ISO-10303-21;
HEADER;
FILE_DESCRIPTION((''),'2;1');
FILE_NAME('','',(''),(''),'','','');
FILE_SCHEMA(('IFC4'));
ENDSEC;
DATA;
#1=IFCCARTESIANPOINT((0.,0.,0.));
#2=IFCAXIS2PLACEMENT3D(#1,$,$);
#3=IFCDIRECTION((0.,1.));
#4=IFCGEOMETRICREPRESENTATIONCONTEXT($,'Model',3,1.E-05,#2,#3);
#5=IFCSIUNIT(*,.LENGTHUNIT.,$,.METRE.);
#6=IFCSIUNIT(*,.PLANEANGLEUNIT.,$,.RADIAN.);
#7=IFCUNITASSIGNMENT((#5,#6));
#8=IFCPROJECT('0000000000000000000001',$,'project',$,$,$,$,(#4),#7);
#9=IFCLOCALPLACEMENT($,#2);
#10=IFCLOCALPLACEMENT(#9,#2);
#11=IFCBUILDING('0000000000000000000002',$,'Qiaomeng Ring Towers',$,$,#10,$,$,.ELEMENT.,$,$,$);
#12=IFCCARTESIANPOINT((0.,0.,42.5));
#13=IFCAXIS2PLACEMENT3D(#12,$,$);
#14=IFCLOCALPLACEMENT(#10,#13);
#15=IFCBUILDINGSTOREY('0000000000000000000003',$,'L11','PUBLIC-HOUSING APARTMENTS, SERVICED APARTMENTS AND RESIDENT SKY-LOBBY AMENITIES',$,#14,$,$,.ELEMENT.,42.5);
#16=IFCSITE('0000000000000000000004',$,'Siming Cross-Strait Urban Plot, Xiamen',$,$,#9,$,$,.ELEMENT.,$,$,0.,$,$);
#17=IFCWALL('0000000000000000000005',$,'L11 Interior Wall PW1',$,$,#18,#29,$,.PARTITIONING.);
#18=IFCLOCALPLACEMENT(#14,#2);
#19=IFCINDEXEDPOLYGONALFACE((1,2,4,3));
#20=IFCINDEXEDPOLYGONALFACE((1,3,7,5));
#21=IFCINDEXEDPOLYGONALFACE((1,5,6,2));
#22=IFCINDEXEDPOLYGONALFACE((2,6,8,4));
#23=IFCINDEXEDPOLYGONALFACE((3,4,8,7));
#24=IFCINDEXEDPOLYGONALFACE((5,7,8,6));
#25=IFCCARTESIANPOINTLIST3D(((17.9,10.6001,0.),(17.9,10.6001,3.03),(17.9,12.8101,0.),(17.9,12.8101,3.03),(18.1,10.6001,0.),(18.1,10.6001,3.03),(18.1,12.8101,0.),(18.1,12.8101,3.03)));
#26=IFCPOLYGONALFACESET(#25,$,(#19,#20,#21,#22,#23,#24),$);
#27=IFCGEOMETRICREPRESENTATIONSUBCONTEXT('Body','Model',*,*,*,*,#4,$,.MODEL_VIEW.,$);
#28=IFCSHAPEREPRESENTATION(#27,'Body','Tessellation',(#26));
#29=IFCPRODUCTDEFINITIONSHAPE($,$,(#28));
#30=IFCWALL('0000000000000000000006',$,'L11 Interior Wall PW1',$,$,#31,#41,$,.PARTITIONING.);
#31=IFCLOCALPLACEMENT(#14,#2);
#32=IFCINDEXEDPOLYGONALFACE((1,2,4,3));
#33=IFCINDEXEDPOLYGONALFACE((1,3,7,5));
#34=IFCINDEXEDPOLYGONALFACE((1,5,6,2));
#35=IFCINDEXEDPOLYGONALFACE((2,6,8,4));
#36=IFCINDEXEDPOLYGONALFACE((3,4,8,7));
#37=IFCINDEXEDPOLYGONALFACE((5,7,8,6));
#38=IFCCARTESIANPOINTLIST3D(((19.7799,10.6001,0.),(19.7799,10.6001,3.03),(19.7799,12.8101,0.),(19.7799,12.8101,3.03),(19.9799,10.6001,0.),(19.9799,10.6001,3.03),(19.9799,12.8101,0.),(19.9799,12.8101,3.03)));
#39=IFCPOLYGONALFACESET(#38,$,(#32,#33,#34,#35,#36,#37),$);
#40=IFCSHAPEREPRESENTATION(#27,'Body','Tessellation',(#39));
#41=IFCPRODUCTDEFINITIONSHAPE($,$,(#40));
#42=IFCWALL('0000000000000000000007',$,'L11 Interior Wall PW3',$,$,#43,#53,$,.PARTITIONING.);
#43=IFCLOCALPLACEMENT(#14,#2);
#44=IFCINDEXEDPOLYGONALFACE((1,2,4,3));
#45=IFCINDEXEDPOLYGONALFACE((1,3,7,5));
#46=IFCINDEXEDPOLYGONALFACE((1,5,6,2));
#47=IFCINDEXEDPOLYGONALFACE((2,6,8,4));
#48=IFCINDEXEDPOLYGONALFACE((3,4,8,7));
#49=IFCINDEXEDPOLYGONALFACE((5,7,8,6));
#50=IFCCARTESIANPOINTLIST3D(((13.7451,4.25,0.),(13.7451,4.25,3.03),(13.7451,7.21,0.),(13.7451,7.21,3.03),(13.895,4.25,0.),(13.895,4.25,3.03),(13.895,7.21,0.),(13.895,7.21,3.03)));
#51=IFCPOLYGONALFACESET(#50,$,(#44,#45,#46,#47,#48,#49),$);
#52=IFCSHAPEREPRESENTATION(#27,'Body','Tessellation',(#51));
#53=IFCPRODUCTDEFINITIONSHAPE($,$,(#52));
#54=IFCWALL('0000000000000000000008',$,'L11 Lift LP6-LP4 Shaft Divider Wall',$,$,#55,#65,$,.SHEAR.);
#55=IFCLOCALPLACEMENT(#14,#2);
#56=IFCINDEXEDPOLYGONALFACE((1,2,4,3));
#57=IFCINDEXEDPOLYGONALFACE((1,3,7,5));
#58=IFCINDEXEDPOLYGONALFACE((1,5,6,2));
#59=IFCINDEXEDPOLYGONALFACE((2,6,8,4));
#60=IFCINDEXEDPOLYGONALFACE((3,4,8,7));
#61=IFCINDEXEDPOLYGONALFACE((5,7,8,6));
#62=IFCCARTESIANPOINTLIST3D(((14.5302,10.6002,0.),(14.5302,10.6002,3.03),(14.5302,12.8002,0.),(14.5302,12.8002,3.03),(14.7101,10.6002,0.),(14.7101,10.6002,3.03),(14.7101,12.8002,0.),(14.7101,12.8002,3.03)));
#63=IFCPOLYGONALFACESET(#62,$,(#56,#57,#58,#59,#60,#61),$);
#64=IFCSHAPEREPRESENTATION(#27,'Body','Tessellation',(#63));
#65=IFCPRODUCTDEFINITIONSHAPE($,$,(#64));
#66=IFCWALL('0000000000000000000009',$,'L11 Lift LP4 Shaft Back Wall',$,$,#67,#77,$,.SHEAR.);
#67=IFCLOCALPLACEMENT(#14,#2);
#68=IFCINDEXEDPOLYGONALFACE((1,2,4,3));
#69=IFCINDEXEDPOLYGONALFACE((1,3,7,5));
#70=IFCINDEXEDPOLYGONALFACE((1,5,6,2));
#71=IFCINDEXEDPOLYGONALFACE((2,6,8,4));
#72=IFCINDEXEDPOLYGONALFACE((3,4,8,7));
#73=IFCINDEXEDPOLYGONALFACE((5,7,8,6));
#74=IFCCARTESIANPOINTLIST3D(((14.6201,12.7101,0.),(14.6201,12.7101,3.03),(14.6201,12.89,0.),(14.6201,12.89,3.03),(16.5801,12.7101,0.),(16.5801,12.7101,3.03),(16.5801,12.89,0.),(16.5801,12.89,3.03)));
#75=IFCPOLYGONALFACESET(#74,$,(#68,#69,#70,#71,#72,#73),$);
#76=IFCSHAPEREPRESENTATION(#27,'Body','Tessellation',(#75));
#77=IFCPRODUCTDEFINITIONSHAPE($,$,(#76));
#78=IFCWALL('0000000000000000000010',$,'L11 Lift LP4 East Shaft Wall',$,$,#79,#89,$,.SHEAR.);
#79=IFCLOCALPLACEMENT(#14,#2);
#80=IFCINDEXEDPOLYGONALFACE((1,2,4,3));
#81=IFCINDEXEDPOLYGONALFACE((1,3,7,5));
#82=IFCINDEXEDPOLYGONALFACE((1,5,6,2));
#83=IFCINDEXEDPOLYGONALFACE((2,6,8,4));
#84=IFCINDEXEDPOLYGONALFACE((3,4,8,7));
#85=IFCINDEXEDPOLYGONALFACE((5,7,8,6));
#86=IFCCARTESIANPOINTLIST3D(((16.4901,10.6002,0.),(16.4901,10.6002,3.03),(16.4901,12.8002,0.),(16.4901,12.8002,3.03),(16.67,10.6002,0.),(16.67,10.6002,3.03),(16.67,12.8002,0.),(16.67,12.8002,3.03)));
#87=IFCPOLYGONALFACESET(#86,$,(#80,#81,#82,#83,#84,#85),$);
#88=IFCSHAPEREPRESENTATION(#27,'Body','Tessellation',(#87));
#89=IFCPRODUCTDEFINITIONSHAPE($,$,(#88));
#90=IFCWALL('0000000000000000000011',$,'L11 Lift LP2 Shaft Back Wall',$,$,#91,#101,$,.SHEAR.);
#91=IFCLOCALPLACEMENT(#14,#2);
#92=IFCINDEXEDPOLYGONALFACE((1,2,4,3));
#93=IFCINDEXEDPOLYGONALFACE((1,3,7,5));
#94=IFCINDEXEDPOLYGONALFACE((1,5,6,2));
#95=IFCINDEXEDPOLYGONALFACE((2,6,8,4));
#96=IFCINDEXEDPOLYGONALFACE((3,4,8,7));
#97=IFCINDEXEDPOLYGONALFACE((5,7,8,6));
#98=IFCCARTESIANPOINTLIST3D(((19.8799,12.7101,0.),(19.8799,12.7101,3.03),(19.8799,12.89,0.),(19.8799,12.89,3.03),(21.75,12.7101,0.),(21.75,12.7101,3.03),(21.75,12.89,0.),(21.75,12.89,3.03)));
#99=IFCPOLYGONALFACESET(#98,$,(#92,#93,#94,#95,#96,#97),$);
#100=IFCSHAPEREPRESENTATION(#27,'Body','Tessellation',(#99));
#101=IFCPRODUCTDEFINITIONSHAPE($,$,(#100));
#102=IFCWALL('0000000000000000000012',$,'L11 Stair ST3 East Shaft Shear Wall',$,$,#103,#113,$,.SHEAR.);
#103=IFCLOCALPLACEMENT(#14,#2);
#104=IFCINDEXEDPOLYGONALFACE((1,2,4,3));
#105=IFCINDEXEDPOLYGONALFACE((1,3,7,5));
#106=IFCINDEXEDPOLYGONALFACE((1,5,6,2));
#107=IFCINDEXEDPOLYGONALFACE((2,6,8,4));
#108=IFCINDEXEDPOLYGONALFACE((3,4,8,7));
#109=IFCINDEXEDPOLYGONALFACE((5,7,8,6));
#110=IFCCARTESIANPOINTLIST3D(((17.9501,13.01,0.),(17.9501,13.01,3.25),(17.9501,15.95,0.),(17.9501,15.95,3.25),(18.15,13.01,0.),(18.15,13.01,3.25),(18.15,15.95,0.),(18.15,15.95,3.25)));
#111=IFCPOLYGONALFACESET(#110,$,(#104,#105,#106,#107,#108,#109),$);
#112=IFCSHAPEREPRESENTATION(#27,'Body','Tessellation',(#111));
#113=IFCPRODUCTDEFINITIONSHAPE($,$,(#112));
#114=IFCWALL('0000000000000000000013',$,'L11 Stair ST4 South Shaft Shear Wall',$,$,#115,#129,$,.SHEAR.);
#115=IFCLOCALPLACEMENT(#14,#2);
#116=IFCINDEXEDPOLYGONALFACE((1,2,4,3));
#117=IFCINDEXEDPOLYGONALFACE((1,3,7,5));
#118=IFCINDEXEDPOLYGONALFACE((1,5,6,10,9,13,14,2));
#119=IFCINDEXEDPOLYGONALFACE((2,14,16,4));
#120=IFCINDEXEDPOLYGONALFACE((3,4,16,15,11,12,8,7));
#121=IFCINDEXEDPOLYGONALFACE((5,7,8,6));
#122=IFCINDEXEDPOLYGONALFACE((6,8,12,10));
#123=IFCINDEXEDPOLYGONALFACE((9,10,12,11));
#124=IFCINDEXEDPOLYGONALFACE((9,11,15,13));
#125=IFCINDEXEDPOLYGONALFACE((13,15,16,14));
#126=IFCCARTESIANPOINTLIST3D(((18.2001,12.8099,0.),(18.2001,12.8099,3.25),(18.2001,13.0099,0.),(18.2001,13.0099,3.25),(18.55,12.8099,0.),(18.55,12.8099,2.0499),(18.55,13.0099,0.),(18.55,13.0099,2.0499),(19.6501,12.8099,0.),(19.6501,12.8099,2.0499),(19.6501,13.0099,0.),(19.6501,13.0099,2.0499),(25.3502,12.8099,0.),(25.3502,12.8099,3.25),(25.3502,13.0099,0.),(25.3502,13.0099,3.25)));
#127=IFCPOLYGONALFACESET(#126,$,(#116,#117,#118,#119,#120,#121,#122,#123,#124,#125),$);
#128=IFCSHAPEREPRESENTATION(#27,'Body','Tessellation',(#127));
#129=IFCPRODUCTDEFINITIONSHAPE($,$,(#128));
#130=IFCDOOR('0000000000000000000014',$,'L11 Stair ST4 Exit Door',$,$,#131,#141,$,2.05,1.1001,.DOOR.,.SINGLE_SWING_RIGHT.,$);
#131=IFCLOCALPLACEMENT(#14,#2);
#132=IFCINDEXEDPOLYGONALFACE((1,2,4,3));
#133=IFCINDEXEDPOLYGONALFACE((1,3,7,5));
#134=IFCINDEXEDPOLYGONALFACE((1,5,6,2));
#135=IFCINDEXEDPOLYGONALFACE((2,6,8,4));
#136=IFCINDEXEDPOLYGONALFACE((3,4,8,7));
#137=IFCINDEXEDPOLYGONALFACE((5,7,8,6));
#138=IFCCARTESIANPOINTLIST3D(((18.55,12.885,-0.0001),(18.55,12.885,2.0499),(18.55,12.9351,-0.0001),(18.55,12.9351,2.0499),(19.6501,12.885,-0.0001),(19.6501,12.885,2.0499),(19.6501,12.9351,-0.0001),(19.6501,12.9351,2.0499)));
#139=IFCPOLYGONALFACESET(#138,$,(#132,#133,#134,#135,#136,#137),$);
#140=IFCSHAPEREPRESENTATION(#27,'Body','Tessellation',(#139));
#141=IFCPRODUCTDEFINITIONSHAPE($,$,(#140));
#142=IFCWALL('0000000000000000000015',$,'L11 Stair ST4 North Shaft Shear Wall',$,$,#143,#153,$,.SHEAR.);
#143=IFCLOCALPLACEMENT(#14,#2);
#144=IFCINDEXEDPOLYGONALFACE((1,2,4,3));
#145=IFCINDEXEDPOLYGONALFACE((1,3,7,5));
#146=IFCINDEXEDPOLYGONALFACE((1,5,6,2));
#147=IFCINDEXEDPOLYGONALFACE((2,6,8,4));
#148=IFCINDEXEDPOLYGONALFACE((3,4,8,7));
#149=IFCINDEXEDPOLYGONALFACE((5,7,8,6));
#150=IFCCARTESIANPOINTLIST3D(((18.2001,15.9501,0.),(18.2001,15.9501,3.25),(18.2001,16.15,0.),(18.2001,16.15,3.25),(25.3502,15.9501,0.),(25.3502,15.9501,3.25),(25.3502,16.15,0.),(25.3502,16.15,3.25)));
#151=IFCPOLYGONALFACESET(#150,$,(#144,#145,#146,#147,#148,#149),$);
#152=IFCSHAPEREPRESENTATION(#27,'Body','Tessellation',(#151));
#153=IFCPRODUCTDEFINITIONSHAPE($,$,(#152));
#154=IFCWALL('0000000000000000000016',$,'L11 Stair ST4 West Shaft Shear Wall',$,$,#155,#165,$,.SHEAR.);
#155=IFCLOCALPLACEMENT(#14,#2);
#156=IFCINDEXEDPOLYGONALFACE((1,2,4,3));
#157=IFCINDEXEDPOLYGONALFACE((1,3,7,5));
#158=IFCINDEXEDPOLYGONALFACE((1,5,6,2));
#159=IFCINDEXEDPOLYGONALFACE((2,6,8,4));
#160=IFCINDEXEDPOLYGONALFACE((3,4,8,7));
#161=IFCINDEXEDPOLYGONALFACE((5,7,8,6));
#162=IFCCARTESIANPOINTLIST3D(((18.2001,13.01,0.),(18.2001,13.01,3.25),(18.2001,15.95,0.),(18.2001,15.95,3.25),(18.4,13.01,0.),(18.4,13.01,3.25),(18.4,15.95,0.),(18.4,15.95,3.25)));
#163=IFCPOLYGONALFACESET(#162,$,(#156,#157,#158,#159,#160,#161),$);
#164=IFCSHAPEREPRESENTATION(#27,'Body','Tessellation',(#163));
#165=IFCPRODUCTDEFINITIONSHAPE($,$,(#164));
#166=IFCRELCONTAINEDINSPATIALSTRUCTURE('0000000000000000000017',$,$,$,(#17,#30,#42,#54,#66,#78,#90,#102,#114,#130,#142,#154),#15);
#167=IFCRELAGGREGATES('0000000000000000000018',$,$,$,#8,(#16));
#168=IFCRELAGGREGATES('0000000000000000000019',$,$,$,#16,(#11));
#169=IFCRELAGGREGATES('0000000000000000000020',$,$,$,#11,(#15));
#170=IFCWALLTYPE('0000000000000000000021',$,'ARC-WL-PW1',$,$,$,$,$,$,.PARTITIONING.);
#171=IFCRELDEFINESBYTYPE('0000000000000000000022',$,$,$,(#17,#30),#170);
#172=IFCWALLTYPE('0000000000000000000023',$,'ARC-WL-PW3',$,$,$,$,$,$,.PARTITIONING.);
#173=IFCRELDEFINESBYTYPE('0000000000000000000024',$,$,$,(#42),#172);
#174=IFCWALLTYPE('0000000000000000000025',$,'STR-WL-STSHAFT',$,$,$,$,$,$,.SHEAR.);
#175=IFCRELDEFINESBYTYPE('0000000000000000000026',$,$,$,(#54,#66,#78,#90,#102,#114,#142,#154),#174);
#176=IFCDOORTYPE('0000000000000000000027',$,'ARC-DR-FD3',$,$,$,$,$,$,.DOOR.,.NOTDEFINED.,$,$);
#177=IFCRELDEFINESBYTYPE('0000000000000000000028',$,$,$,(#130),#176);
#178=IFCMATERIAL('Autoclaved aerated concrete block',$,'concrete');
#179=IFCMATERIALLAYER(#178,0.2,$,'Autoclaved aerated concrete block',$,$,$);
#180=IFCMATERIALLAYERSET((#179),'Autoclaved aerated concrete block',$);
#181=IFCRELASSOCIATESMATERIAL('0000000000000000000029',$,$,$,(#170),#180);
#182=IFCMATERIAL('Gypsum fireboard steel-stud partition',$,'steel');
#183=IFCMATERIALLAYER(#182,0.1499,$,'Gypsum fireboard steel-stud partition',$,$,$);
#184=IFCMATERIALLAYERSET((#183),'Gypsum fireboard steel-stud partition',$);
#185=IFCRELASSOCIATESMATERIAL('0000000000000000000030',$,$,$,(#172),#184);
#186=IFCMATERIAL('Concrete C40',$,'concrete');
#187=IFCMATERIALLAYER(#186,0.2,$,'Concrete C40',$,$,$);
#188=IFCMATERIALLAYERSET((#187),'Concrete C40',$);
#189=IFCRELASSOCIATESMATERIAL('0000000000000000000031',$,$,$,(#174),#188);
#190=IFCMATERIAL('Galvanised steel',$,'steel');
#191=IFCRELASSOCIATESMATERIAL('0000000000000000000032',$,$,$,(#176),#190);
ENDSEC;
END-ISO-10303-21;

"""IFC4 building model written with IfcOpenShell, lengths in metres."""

from ifc_helpers import new_model, si_unit, direction, frame, frame_2d, origin, place, context, subcontext, project, spatial, rectangle, extrude, source, transform, mapped, material, layer, layer_set, type_object, element, fill, save


model = new_model("IFC4")

# Units and contexts
model_context = context("Model", 3, precision=1e-05, world=origin(), true_north=direction((0.0, 1.0)))
body_context = subcontext(model_context, "Body", "Model", "MODEL_VIEW")
ifc_project = project(units=[si_unit("LENGTHUNIT", "METRE"), si_unit("PLANEANGLEUNIT", "RADIAN")], contexts=[model_context])

# Site, building, storey
site_placement = place(None, origin())
site = spatial("IfcSite", under=ifc_project, at=site_placement, Name="Siming Cross-Strait Urban Plot, Xiamen", CompositionType="ELEMENT", RefElevation=0.0)
building_placement = place(site_placement, origin())
building = spatial("IfcBuilding", under=site, at=building_placement, Name="Qiaomeng Ring Towers", CompositionType="ELEMENT")
storey_placement = place(building_placement, frame((0.0, 0.0, 42.5)))
storey = spatial("IfcBuildingStorey", under=building, at=storey_placement, Name="L11", Description="PUBLIC-HOUSING APARTMENTS, SERVICED APARTMENTS AND RESIDENT SKY-LOBBY AMENITIES", CompositionType="ELEMENT", Elevation=42.5)

# Walls
ifc_material_1 = material(Name="Autoclaved aerated concrete block", Category="concrete")
ifc_layer_1 = layer(ifc_material_1, 0.2, Name="Autoclaved aerated concrete block")
ifc_layer_set_1 = layer_set([ifc_layer_1], Name="Autoclaved aerated concrete block")
wall_type_1 = type_object("IfcWallType", Name="ARC-WL-PW1", PredefinedType="PARTITIONING", material=ifc_layer_set_1)
for number, where, z_axis, x_axis, name in (
    (1, (18.0, 10.6001, 0.0), (0.0, 0.0, 1.0), (0.0, 1.0, 0.0), "L11 Interior Wall PW1"),
    (2, (19.8799, 10.6001, 0.0), (0.0, 0.0, 1.0), (0.0, 1.0, 0.0), "L11 Interior Wall PW1"),
):
    element("IfcWall", number, at=place(storey_placement, frame(where, z_axis=z_axis, x_axis=x_axis)), inside=storey, type_object=wall_type_1, Name=name, PredefinedType="PARTITIONING", context=body_context, shape_type="SweptSolid", body=[
        extrude(rectangle(XDim=2.21, YDim=0.2, at=frame_2d((1.105, 0.0))), origin(), (0.0, 0.0, 1.0), 3.03),
    ])
ifc_material_2 = material(Name="Gypsum fireboard steel-stud partition", Category="steel")
ifc_layer_2 = layer(ifc_material_2, 0.1499, Name="Gypsum fireboard steel-stud partition")
ifc_layer_set_2 = layer_set([ifc_layer_2], Name="Gypsum fireboard steel-stud partition")
wall_type_2 = type_object("IfcWallType", Name="ARC-WL-PW3", PredefinedType="PARTITIONING", material=ifc_layer_set_2)
wall_1_placement = place(storey_placement, frame((13.8201, 4.25, 0.0), z_axis=(0.0, 0.0, 1.0), x_axis=(0.0, 1.0, 0.0)))
element("IfcWall", 3, at=wall_1_placement, inside=storey, type_object=wall_type_2, Name="L11 Interior Wall PW3", PredefinedType="PARTITIONING", context=body_context, shape_type="SweptSolid", body=[
    extrude(rectangle(XDim=2.96, YDim=0.1499, at=frame_2d((1.48, 0.0))), origin(), (0.0, 0.0, 1.0), 3.03),
])
ifc_material_3 = material(Name="Concrete C40", Category="concrete")
ifc_layer_3 = layer(ifc_material_3, 0.2, Name="Concrete C40")
ifc_layer_set_3 = layer_set([ifc_layer_3], Name="Concrete C40")
wall_type_3 = type_object("IfcWallType", Name="STR-WL-STSHAFT", PredefinedType="SHEAR", material=ifc_layer_set_3)
wall_2_placement = place(storey_placement, frame((14.6201, 10.6001, 0.0), z_axis=(0.0, 0.0, 1.0), x_axis=(0.0, 1.0, 0.0)))
element("IfcWall", 4, at=wall_2_placement, inside=storey, type_object=wall_type_3, Name="L11 Lift LP6-LP4 Shaft Divider Wall", PredefinedType="SHEAR", context=body_context, shape_type="SweptSolid", body=[
    extrude(rectangle(XDim=2.2, YDim=0.1799, at=frame_2d((1.1001, 0.0))), origin(), (0.0, 0.0, 1.0), 3.03),
])
wall_3_placement = place(storey_placement, frame((14.6201, 12.8, 0.0), z_axis=(0.0, 0.0, 1.0), x_axis=(1.0, 0.0, 0.0)))
element("IfcWall", 5, at=wall_3_placement, inside=storey, type_object=wall_type_3, Name="L11 Lift LP4 Shaft Back Wall", PredefinedType="SHEAR", context=body_context, shape_type="SweptSolid", body=[
    extrude(rectangle(XDim=1.96, YDim=0.1799, at=frame_2d((0.98, 0.0))), origin(), (0.0, 0.0, 1.0), 3.03),
])
wall_4_placement = place(storey_placement, frame((16.5801, 10.6001, 0.0), z_axis=(0.0, 0.0, 1.0), x_axis=(0.0, 1.0, 0.0)))
element("IfcWall", 6, at=wall_4_placement, inside=storey, type_object=wall_type_3, Name="L11 Lift LP4 East Shaft Wall", PredefinedType="SHEAR", context=body_context, shape_type="SweptSolid", body=[
    extrude(rectangle(XDim=2.2, YDim=0.1799, at=frame_2d((1.1001, 0.0))), origin(), (0.0, 0.0, 1.0), 3.03),
])
wall_5_placement = place(storey_placement, frame((19.8799, 12.8, 0.0), z_axis=(0.0, 0.0, 1.0), x_axis=(1.0, 0.0, 0.0)))
element("IfcWall", 7, at=wall_5_placement, inside=storey, type_object=wall_type_3, Name="L11 Lift LP2 Shaft Back Wall", PredefinedType="SHEAR", context=body_context, shape_type="SweptSolid", body=[
    extrude(rectangle(XDim=1.8701, YDim=0.1799, at=frame_2d((0.9351, 0.0))), origin(), (0.0, 0.0, 1.0), 3.03),
])
wall_6_placement = place(storey_placement, frame((18.05, 13.01, 0.0), z_axis=(0.0, 0.0, 1.0), x_axis=(0.0, 1.0, 0.0)))
element("IfcWall", 8, at=wall_6_placement, inside=storey, type_object=wall_type_3, Name="L11 Stair ST3 East Shaft Shear Wall", PredefinedType="SHEAR", context=body_context, shape_type="SweptSolid", body=[
    extrude(rectangle(XDim=2.9399, YDim=0.2, at=frame_2d((1.47, 0.0))), origin(), (0.0, 0.0, 1.0), 3.25),
])

# Wall, opening, door
wall_7_placement = place(storey_placement, frame((18.2, 12.9099, 0.0), z_axis=(0.0, 0.0, 1.0), x_axis=(1.0, 0.0, 0.0)))
wall_7 = element("IfcWall", 9, at=wall_7_placement, inside=storey, type_object=wall_type_3, Name="L11 Stair ST4 South Shaft Shear Wall", PredefinedType="SHEAR", context=body_context, shape_type="SweptSolid", body=[
    extrude(rectangle(XDim=7.1501, YDim=0.2, at=frame_2d((3.5752, 0.0))), origin(), (0.0, 0.0, 1.0), 3.25),
])
opening_placement = place(wall_7_placement, frame((0.3501, 0.0, 0.0)))
opening = element("IfcOpeningElement", 10, at=opening_placement, cuts=wall_7, PredefinedType="OPENING", context=body_context, shape_type="SweptSolid", body=[
    extrude(rectangle(XDim=1.1001, YDim=2.05, at=frame_2d((0.55, 1.0249))), frame((0.0, 0.1099, 0.0), z_axis=(0.0, -1.0, 0.0), x_axis=(1.0, 0.0, 0.0)), (0.0, 0.0, 1.0), 0.22),
])
ifc_material_4 = material(Name="Galvanised steel", Category="steel")
door_type = type_object("IfcDoorType", Name="ARC-DR-FD3", OperationType="NOTDEFINED", PredefinedType="DOOR", material=ifc_material_4)
shared_shape_1 = source(origin(), body_context, "Body", "SweptSolid", [
    extrude(rectangle(XDim=1.1001, YDim=2.05, at=frame_2d((0.55, 1.0249))), frame((0.0, 0.0249, 0.0), z_axis=(0.0, -1.0, 0.0), x_axis=(1.0, 0.0, 0.0)), (0.0, 0.0, 1.0), 0.05),
])
door_placement = place(opening_placement, frame((1.1001, 0.0, 0.0), z_axis=(0.0, 0.0, 1.0), x_axis=(-1.0, 0.0, 0.0)))
door = element("IfcDoor", 11, at=door_placement, inside=storey, type_object=door_type, Name="L11 Stair ST4 Exit Door", OperationType="SINGLE_SWING_RIGHT", OverallHeight=2.05, OverallWidth=1.1001, PredefinedType="DOOR", context=body_context, shape_type="MappedRepresentation", body=[
    mapped(shared_shape_1, transform((0.0, 0.0, 0.0), x_axis=(1.0, 0.0, 0.0), y_axis=(0.0, 1.0, 0.0), z_axis=(0.0, 0.0, 1.0), scale=1.0)),
])
fill(opening, door)

# Walls
wall_8_placement = place(storey_placement, frame((18.2, 16.05, 0.0), z_axis=(0.0, 0.0, 1.0), x_axis=(1.0, 0.0, 0.0)))
element("IfcWall", 12, at=wall_8_placement, inside=storey, type_object=wall_type_3, Name="L11 Stair ST4 North Shaft Shear Wall", PredefinedType="SHEAR", context=body_context, shape_type="SweptSolid", body=[
    extrude(rectangle(XDim=7.1501, YDim=0.2, at=frame_2d((3.5752, 0.0))), origin(), (0.0, 0.0, 1.0), 3.25),
])
wall_9_placement = place(storey_placement, frame((18.3, 13.01, 0.0), z_axis=(0.0, 0.0, 1.0), x_axis=(0.0, 1.0, 0.0)))
element("IfcWall", 13, at=wall_9_placement, inside=storey, type_object=wall_type_3, Name="L11 Stair ST4 West Shaft Shear Wall", PredefinedType="SHEAR", context=body_context, shape_type="SweptSolid", body=[
    extrude(rectangle(XDim=2.9399, YDim=0.2, at=frame_2d((1.47, 0.0))), origin(), (0.0, 0.0, 1.0), 3.25),
])

save(model, "model.ifc")
